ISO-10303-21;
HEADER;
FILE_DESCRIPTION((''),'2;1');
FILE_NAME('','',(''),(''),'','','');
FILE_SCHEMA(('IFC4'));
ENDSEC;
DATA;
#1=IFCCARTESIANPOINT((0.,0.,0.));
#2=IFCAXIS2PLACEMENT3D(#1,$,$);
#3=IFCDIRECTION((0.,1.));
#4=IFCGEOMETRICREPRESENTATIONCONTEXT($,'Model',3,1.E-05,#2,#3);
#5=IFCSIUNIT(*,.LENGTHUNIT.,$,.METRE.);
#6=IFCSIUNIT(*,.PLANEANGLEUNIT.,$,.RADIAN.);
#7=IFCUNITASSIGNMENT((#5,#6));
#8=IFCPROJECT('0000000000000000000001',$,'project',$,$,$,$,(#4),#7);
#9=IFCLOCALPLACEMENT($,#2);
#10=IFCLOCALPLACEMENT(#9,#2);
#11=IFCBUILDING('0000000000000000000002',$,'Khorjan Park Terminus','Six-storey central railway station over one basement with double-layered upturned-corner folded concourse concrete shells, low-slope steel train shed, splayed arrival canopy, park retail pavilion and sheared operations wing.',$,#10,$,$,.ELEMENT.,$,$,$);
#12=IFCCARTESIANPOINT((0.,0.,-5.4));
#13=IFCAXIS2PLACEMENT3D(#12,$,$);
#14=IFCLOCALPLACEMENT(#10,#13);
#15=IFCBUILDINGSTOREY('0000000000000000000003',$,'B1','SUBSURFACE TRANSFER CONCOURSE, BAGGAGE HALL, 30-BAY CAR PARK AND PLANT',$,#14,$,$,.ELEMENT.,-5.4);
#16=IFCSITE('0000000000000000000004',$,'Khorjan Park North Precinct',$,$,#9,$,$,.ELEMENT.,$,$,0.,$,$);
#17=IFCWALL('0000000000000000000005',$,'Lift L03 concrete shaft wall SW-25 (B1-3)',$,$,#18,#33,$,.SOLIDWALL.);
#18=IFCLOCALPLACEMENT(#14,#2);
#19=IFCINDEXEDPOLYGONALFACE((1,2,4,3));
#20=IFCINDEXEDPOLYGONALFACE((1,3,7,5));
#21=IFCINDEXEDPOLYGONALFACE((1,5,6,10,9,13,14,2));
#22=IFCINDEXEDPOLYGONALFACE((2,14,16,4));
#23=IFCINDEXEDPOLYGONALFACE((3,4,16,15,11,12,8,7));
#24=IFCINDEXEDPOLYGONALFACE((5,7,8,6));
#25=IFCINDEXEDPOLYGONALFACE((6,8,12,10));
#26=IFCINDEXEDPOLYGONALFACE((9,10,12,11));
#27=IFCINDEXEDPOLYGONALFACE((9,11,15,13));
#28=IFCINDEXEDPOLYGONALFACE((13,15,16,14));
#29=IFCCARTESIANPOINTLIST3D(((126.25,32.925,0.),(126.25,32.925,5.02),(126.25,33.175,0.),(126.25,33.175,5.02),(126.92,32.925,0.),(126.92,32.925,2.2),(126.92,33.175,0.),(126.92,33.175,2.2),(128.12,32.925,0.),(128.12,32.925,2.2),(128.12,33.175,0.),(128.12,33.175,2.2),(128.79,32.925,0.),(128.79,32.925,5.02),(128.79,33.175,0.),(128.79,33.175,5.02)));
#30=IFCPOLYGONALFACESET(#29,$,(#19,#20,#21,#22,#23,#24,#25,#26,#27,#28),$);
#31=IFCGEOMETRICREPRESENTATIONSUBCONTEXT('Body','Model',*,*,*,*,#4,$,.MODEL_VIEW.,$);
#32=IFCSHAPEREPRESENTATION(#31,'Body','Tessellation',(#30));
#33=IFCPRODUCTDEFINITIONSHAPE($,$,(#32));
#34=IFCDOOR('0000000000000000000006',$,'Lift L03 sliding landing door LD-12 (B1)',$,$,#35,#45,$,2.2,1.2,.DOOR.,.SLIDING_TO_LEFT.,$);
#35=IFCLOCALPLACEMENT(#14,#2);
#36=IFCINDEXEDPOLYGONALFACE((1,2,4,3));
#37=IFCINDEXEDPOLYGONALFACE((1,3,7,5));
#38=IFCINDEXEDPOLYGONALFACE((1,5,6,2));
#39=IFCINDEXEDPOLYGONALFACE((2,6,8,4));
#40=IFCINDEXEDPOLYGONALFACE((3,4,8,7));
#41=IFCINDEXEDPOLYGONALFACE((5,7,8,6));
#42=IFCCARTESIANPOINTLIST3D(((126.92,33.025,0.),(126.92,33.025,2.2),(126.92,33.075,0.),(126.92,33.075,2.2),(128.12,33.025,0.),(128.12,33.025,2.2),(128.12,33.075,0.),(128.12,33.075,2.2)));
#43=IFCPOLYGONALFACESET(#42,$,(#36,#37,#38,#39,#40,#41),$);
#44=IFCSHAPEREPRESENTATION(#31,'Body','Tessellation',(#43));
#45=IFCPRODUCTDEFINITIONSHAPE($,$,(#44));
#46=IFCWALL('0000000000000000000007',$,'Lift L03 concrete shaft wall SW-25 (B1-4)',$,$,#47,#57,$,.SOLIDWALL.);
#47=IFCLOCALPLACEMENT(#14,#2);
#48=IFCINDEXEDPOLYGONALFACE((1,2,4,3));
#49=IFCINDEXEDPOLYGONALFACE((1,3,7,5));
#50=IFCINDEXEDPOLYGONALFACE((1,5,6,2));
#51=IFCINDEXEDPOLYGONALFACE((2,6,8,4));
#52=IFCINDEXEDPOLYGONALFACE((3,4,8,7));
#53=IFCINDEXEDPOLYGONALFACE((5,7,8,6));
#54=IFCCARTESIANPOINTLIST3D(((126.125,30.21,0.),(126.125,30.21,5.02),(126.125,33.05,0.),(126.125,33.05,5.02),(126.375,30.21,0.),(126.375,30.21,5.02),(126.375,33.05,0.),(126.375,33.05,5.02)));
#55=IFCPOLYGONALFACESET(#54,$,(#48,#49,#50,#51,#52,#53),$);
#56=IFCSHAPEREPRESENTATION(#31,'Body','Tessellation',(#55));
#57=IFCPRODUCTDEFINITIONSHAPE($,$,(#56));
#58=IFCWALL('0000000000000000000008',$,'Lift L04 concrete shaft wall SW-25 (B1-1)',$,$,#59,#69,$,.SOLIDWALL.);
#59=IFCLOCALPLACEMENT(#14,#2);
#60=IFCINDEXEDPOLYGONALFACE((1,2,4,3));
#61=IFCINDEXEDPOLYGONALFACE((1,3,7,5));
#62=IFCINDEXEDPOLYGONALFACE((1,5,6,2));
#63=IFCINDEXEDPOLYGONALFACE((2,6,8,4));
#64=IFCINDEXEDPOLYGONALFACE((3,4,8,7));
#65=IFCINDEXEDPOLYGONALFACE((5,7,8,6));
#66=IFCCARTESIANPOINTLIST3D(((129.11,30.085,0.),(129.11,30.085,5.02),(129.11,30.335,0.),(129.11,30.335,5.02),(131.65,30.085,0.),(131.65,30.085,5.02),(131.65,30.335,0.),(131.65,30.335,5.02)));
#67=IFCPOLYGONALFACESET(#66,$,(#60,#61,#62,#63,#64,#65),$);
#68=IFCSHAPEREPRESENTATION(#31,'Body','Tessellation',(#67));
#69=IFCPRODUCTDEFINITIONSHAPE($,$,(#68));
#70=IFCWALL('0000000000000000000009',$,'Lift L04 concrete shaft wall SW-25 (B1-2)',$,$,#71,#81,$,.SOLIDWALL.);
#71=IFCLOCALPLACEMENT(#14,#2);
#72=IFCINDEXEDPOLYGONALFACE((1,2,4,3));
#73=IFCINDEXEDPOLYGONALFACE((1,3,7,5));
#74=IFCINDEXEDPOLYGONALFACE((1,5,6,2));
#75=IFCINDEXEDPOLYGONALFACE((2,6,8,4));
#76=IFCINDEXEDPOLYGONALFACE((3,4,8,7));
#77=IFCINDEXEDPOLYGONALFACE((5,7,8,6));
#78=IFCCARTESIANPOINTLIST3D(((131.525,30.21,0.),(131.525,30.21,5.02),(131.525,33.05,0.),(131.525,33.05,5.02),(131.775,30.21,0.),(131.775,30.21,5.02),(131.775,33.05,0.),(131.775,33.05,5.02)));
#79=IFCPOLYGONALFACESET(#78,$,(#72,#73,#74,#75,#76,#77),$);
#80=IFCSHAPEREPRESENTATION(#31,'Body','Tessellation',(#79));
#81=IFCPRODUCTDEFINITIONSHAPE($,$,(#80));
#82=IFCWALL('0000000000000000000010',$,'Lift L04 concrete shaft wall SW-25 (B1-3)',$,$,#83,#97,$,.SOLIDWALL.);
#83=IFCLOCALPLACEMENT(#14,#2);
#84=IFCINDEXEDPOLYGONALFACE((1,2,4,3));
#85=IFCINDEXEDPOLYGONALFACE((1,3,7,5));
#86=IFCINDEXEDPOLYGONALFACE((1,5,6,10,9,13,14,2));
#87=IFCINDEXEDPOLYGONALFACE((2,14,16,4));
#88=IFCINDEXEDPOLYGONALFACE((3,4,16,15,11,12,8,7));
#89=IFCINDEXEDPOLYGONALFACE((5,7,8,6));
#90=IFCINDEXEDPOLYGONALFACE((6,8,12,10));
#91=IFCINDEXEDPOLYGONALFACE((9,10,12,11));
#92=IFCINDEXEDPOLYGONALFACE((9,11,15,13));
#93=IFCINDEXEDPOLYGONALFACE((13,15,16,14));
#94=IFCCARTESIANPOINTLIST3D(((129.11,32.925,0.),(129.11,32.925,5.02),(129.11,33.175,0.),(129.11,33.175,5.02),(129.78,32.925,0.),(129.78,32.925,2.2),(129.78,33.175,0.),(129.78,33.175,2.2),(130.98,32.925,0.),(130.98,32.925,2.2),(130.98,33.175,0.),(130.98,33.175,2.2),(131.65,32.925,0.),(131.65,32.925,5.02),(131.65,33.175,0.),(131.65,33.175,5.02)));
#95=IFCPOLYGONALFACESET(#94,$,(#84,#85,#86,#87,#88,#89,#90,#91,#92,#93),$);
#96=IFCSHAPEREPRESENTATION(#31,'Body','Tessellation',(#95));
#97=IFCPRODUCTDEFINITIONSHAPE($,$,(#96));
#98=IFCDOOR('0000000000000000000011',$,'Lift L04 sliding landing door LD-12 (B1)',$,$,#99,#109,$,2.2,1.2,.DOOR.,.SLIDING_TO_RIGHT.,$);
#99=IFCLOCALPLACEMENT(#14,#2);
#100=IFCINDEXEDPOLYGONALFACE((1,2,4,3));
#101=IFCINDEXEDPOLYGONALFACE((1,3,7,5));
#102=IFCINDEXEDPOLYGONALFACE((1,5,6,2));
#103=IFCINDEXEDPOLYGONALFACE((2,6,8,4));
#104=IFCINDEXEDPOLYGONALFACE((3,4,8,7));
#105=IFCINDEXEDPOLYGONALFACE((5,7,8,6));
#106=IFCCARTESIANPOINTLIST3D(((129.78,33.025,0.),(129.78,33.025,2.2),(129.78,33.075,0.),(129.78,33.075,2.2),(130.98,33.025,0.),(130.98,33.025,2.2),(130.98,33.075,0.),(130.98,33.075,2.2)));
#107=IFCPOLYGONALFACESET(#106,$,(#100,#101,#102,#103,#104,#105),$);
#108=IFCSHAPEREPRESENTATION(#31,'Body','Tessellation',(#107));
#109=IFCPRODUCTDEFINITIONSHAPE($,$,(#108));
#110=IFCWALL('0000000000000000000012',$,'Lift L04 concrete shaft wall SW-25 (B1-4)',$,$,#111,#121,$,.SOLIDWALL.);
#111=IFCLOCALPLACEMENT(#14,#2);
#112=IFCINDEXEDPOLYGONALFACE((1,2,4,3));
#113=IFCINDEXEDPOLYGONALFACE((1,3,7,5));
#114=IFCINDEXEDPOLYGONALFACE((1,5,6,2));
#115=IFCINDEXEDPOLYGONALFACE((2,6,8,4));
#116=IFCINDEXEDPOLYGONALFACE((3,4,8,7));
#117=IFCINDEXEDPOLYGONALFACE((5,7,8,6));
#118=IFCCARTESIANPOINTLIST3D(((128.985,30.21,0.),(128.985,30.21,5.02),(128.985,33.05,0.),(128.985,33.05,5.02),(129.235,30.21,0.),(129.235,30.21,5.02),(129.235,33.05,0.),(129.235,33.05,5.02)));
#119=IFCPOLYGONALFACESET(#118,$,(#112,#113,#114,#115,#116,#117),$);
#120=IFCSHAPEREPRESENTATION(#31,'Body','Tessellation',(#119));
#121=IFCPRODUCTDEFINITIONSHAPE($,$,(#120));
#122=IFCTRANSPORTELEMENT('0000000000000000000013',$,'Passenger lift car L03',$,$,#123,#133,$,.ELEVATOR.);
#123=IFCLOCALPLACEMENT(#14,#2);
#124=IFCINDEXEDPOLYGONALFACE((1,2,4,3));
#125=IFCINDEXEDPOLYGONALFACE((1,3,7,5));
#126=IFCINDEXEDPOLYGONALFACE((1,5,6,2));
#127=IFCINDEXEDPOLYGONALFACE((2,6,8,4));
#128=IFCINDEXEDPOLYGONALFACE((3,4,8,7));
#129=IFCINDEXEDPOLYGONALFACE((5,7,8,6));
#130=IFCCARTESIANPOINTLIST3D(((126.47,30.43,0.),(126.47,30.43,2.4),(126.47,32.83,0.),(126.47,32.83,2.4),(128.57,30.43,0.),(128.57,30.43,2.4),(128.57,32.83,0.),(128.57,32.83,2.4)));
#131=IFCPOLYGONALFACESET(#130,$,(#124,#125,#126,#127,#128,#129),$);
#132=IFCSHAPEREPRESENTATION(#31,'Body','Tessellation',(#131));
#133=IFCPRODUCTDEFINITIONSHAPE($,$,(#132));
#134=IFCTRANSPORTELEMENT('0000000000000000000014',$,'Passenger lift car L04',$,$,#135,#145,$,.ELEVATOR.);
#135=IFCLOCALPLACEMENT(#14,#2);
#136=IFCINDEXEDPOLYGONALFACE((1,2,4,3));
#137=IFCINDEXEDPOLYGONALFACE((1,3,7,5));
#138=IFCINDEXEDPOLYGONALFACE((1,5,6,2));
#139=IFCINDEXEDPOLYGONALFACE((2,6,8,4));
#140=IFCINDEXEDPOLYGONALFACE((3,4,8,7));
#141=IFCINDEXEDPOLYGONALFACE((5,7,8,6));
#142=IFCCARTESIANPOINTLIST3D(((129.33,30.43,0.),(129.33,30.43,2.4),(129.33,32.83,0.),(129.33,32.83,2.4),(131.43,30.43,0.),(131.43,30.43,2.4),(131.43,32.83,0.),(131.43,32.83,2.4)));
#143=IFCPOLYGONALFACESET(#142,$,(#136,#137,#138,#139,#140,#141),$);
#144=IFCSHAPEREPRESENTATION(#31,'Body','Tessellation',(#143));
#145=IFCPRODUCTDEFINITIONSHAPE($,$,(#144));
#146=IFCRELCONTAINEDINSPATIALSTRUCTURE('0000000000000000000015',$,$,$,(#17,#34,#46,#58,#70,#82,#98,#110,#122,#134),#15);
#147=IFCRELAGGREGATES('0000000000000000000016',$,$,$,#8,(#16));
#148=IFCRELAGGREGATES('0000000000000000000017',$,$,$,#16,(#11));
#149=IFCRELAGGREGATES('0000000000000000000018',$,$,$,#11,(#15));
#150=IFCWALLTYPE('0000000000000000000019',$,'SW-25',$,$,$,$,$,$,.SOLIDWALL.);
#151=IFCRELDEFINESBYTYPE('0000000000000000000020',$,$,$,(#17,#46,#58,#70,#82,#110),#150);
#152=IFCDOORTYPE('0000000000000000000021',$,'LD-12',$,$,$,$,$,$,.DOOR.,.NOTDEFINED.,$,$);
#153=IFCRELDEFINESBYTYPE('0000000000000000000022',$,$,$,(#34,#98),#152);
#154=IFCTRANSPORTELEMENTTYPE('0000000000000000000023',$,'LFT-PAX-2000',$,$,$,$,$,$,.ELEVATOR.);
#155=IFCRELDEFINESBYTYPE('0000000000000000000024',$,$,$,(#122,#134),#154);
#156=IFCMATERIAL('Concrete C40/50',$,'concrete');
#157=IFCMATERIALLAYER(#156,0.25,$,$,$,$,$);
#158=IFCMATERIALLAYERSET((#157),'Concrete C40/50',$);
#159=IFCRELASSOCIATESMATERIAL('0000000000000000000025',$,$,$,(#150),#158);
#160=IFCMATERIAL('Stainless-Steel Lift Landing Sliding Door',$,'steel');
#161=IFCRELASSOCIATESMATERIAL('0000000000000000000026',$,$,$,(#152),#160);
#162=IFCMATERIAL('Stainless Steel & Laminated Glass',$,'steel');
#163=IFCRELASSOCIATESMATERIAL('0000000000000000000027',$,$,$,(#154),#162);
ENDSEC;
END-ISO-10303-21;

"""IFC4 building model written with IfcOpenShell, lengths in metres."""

from ifc_helpers import new_model, si_unit, direction, frame, frame_2d, origin, origin_2d, place, context, subcontext, project, spatial, rectangle, extrude, material, layer, layer_set, type_object, element, fill, save


model = new_model("IFC4")

# Units and contexts
model_context = context("Model", 3, precision=1e-05, world=origin(), true_north=direction((0.0, 1.0)))
body_context = subcontext(model_context, "Body", "Model", "MODEL_VIEW")
ifc_project = project(units=[si_unit("LENGTHUNIT", "METRE"), si_unit("PLANEANGLEUNIT", "RADIAN")], contexts=[model_context])

# Site, building, storey
site_placement = place(None, origin())
site = spatial("IfcSite", under=ifc_project, at=site_placement, Name="Khorjan Park North Precinct", CompositionType="ELEMENT", RefElevation=0.0)
building_placement = place(site_placement, origin())
building = spatial("IfcBuilding", under=site, at=building_placement, Name="Khorjan Park Terminus", Description="Six-storey central railway station over one basement with double-layered upturned-corner folded concourse concrete shells, low-slope steel train shed, splayed arrival canopy, park retail pavilion and sheared operations wing.", CompositionType="ELEMENT")
storey_placement = place(building_placement, frame((0.0, 0.0, -5.4)))
storey = spatial("IfcBuildingStorey", under=building, at=storey_placement, Name="B1", Description="SUBSURFACE TRANSFER CONCOURSE, BAGGAGE HALL, 30-BAY CAR PARK AND PLANT", CompositionType="ELEMENT", Elevation=-5.4)

# Shared definitions
ifc_material_1 = material(Name="Concrete C40/50", Category="concrete")

# Shared definitions
ifc_layer_1 = layer(ifc_material_1, 0.25)
ifc_layer_set_1 = layer_set([ifc_layer_1], Name="Concrete C40/50")
wall_type_1 = type_object("IfcWallType", Name="SW-25", PredefinedType="SOLIDWALL", material=ifc_layer_set_1)

# Wall, opening, door
wall_1_placement = place(storey_placement, frame((128.79, 33.05, 0.0), z_axis=(0.0, 0.0, 1.0), x_axis=(-1.0, 0.0, 0.0)))
wall_1 = element("IfcWall", 1, at=wall_1_placement, inside=storey, type_object=wall_type_1, Name="Lift L03 concrete shaft wall SW-25 (B1-3)", PredefinedType="SOLIDWALL", context=body_context, shape_type="SweptSolid", body=[
    extrude(rectangle(XDim=2.54, YDim=0.25, at=frame_2d((1.27, 0.0))), origin(), (0.0, 0.0, 1.0), 5.02),
])
opening_1_placement = place(wall_1_placement, frame((0.67, 0.0, 0.0)))
opening_1 = element("IfcOpeningElement", 2, at=opening_1_placement, cuts=wall_1, PredefinedType="OPENING", context=body_context, shape_type="SweptSolid", body=[
    extrude(rectangle(XDim=1.2, YDim=2.2, at=frame_2d((0.6, 1.1))), frame((0.0, 0.135, 0.0), z_axis=(0.0, -1.0, 0.0), x_axis=(1.0, 0.0, 0.0)), (0.0, 0.0, 1.0), 0.27),
])
ifc_material_2 = material(Name="Stainless-Steel Lift Landing Sliding Door", Category="steel")
door_type_1 = type_object("IfcDoorType", Name="LD-12", OperationType="NOTDEFINED", PredefinedType="DOOR", material=ifc_material_2)
door_1_placement = place(opening_1_placement, origin())
door_1 = element("IfcDoor", 3, at=door_1_placement, inside=storey, type_object=door_type_1, Name="Lift L03 sliding landing door LD-12 (B1)", OperationType="SLIDING_TO_LEFT", OverallHeight=2.2, OverallWidth=1.2, PredefinedType="DOOR", context=body_context, shape_type="SweptSolid", body=[
    extrude(rectangle(XDim=1.2, YDim=2.2, at=frame_2d((0.6, 1.1))), frame((0.0, 0.025, 0.0), z_axis=(0.0, -1.0, 0.0), x_axis=(1.0, 0.0, 0.0)), (0.0, 0.0, 1.0), 0.05),
])
fill(opening_1, door_1)

# Walls
wall_2_placement = place(storey_placement, frame((126.25, 33.05, 0.0), z_axis=(0.0, 0.0, 1.0), x_axis=(0.0, -1.0, 0.0)))
element("IfcWall", 4, at=wall_2_placement, inside=storey, type_object=wall_type_1, Name="Lift L03 concrete shaft wall SW-25 (B1-4)", PredefinedType="SOLIDWALL", context=body_context, shape_type="SweptSolid", body=[
    extrude(rectangle(XDim=2.84, YDim=0.25, at=frame_2d((1.42, 0.0))), origin(), (0.0, 0.0, 1.0), 5.02),
])
wall_3_placement = place(storey_placement, frame((129.11, 30.21, 0.0), z_axis=(0.0, 0.0, 1.0), x_axis=(1.0, 0.0, 0.0)))
element("IfcWall", 5, at=wall_3_placement, inside=storey, type_object=wall_type_1, Name="Lift L04 concrete shaft wall SW-25 (B1-1)", PredefinedType="SOLIDWALL", context=body_context, shape_type="SweptSolid", body=[
    extrude(rectangle(XDim=2.54, YDim=0.25, at=frame_2d((1.27, 0.0))), origin(), (0.0, 0.0, 1.0), 5.02),
])
wall_4_placement = place(storey_placement, frame((131.65, 30.21, 0.0), z_axis=(0.0, 0.0, 1.0), x_axis=(0.0, 1.0, 0.0)))
element("IfcWall", 6, at=wall_4_placement, inside=storey, type_object=wall_type_1, Name="Lift L04 concrete shaft wall SW-25 (B1-2)", PredefinedType="SOLIDWALL", context=body_context, shape_type="SweptSolid", body=[
    extrude(rectangle(XDim=2.84, YDim=0.25, at=frame_2d((1.42, 0.0))), origin(), (0.0, 0.0, 1.0), 5.02),
])

# Wall, opening, door
wall_5_placement = place(storey_placement, frame((131.65, 33.05, 0.0), z_axis=(0.0, 0.0, 1.0), x_axis=(-1.0, 0.0, 0.0)))
wall_5 = element("IfcWall", 7, at=wall_5_placement, inside=storey, type_object=wall_type_1, Name="Lift L04 concrete shaft wall SW-25 (B1-3)", PredefinedType="SOLIDWALL", context=body_context, shape_type="SweptSolid", body=[
    extrude(rectangle(XDim=2.54, YDim=0.25, at=frame_2d((1.27, 0.0))), origin(), (0.0, 0.0, 1.0), 5.02),
])
opening_2_placement = place(wall_5_placement, frame((0.67, 0.0, 0.0)))
opening_2 = element("IfcOpeningElement", 8, at=opening_2_placement, cuts=wall_5, PredefinedType="OPENING", context=body_context, shape_type="SweptSolid", body=[
    extrude(rectangle(XDim=1.2, YDim=2.2, at=frame_2d((0.6, 1.1))), frame((0.0, 0.135, 0.0), z_axis=(0.0, -1.0, 0.0), x_axis=(1.0, 0.0, 0.0)), (0.0, 0.0, 1.0), 0.27),
])
door_2_placement = place(opening_2_placement, origin())
door_2 = element("IfcDoor", 9, at=door_2_placement, inside=storey, type_object=door_type_1, Name="Lift L04 sliding landing door LD-12 (B1)", OperationType="SLIDING_TO_RIGHT", OverallHeight=2.2, OverallWidth=1.2, PredefinedType="DOOR", context=body_context, shape_type="SweptSolid", body=[
    extrude(rectangle(XDim=1.2, YDim=2.2, at=frame_2d((0.6, 1.1))), frame((0.0, 0.025, 0.0), z_axis=(0.0, -1.0, 0.0), x_axis=(1.0, 0.0, 0.0)), (0.0, 0.0, 1.0), 0.05),
])
fill(opening_2, door_2)

# Wall
wall_6_placement = place(storey_placement, frame((129.11, 33.05, 0.0), z_axis=(0.0, 0.0, 1.0), x_axis=(0.0, -1.0, 0.0)))
element("IfcWall", 10, at=wall_6_placement, inside=storey, type_object=wall_type_1, Name="Lift L04 concrete shaft wall SW-25 (B1-4)", PredefinedType="SOLIDWALL", context=body_context, shape_type="SweptSolid", body=[
    extrude(rectangle(XDim=2.84, YDim=0.25, at=frame_2d((1.42, 0.0))), origin(), (0.0, 0.0, 1.0), 5.02),
])

# Transport elements
ifc_material_3 = material(Name="Stainless Steel & Laminated Glass", Category="steel")
transport_element_type = type_object("IfcTransportElementType", Name="LFT-PAX-2000", PredefinedType="ELEVATOR", material=ifc_material_3)
for number, where, z_axis, x_axis, name in (
    (11, (127.52, 31.63, 0.0), (0.0, 0.0, 1.0), (1.0, 0.0, 0.0), "Passenger lift car L03"),
    (12, (130.38, 31.63, 0.0), (0.0, 0.0, 1.0), (1.0, 0.0, 0.0), "Passenger lift car L04"),
):
    element("IfcTransportElement", number, at=place(storey_placement, frame(where, z_axis=z_axis, x_axis=x_axis)), inside=storey, type_object=transport_element_type, Name=name, PredefinedType="ELEVATOR", context=body_context, shape_type="SweptSolid", body=[
        extrude(rectangle(XDim=2.1, YDim=2.4, at=origin_2d()), origin(), (0.0, 0.0, 1.0), 2.4),
    ])

save(model, "model.ifc")
